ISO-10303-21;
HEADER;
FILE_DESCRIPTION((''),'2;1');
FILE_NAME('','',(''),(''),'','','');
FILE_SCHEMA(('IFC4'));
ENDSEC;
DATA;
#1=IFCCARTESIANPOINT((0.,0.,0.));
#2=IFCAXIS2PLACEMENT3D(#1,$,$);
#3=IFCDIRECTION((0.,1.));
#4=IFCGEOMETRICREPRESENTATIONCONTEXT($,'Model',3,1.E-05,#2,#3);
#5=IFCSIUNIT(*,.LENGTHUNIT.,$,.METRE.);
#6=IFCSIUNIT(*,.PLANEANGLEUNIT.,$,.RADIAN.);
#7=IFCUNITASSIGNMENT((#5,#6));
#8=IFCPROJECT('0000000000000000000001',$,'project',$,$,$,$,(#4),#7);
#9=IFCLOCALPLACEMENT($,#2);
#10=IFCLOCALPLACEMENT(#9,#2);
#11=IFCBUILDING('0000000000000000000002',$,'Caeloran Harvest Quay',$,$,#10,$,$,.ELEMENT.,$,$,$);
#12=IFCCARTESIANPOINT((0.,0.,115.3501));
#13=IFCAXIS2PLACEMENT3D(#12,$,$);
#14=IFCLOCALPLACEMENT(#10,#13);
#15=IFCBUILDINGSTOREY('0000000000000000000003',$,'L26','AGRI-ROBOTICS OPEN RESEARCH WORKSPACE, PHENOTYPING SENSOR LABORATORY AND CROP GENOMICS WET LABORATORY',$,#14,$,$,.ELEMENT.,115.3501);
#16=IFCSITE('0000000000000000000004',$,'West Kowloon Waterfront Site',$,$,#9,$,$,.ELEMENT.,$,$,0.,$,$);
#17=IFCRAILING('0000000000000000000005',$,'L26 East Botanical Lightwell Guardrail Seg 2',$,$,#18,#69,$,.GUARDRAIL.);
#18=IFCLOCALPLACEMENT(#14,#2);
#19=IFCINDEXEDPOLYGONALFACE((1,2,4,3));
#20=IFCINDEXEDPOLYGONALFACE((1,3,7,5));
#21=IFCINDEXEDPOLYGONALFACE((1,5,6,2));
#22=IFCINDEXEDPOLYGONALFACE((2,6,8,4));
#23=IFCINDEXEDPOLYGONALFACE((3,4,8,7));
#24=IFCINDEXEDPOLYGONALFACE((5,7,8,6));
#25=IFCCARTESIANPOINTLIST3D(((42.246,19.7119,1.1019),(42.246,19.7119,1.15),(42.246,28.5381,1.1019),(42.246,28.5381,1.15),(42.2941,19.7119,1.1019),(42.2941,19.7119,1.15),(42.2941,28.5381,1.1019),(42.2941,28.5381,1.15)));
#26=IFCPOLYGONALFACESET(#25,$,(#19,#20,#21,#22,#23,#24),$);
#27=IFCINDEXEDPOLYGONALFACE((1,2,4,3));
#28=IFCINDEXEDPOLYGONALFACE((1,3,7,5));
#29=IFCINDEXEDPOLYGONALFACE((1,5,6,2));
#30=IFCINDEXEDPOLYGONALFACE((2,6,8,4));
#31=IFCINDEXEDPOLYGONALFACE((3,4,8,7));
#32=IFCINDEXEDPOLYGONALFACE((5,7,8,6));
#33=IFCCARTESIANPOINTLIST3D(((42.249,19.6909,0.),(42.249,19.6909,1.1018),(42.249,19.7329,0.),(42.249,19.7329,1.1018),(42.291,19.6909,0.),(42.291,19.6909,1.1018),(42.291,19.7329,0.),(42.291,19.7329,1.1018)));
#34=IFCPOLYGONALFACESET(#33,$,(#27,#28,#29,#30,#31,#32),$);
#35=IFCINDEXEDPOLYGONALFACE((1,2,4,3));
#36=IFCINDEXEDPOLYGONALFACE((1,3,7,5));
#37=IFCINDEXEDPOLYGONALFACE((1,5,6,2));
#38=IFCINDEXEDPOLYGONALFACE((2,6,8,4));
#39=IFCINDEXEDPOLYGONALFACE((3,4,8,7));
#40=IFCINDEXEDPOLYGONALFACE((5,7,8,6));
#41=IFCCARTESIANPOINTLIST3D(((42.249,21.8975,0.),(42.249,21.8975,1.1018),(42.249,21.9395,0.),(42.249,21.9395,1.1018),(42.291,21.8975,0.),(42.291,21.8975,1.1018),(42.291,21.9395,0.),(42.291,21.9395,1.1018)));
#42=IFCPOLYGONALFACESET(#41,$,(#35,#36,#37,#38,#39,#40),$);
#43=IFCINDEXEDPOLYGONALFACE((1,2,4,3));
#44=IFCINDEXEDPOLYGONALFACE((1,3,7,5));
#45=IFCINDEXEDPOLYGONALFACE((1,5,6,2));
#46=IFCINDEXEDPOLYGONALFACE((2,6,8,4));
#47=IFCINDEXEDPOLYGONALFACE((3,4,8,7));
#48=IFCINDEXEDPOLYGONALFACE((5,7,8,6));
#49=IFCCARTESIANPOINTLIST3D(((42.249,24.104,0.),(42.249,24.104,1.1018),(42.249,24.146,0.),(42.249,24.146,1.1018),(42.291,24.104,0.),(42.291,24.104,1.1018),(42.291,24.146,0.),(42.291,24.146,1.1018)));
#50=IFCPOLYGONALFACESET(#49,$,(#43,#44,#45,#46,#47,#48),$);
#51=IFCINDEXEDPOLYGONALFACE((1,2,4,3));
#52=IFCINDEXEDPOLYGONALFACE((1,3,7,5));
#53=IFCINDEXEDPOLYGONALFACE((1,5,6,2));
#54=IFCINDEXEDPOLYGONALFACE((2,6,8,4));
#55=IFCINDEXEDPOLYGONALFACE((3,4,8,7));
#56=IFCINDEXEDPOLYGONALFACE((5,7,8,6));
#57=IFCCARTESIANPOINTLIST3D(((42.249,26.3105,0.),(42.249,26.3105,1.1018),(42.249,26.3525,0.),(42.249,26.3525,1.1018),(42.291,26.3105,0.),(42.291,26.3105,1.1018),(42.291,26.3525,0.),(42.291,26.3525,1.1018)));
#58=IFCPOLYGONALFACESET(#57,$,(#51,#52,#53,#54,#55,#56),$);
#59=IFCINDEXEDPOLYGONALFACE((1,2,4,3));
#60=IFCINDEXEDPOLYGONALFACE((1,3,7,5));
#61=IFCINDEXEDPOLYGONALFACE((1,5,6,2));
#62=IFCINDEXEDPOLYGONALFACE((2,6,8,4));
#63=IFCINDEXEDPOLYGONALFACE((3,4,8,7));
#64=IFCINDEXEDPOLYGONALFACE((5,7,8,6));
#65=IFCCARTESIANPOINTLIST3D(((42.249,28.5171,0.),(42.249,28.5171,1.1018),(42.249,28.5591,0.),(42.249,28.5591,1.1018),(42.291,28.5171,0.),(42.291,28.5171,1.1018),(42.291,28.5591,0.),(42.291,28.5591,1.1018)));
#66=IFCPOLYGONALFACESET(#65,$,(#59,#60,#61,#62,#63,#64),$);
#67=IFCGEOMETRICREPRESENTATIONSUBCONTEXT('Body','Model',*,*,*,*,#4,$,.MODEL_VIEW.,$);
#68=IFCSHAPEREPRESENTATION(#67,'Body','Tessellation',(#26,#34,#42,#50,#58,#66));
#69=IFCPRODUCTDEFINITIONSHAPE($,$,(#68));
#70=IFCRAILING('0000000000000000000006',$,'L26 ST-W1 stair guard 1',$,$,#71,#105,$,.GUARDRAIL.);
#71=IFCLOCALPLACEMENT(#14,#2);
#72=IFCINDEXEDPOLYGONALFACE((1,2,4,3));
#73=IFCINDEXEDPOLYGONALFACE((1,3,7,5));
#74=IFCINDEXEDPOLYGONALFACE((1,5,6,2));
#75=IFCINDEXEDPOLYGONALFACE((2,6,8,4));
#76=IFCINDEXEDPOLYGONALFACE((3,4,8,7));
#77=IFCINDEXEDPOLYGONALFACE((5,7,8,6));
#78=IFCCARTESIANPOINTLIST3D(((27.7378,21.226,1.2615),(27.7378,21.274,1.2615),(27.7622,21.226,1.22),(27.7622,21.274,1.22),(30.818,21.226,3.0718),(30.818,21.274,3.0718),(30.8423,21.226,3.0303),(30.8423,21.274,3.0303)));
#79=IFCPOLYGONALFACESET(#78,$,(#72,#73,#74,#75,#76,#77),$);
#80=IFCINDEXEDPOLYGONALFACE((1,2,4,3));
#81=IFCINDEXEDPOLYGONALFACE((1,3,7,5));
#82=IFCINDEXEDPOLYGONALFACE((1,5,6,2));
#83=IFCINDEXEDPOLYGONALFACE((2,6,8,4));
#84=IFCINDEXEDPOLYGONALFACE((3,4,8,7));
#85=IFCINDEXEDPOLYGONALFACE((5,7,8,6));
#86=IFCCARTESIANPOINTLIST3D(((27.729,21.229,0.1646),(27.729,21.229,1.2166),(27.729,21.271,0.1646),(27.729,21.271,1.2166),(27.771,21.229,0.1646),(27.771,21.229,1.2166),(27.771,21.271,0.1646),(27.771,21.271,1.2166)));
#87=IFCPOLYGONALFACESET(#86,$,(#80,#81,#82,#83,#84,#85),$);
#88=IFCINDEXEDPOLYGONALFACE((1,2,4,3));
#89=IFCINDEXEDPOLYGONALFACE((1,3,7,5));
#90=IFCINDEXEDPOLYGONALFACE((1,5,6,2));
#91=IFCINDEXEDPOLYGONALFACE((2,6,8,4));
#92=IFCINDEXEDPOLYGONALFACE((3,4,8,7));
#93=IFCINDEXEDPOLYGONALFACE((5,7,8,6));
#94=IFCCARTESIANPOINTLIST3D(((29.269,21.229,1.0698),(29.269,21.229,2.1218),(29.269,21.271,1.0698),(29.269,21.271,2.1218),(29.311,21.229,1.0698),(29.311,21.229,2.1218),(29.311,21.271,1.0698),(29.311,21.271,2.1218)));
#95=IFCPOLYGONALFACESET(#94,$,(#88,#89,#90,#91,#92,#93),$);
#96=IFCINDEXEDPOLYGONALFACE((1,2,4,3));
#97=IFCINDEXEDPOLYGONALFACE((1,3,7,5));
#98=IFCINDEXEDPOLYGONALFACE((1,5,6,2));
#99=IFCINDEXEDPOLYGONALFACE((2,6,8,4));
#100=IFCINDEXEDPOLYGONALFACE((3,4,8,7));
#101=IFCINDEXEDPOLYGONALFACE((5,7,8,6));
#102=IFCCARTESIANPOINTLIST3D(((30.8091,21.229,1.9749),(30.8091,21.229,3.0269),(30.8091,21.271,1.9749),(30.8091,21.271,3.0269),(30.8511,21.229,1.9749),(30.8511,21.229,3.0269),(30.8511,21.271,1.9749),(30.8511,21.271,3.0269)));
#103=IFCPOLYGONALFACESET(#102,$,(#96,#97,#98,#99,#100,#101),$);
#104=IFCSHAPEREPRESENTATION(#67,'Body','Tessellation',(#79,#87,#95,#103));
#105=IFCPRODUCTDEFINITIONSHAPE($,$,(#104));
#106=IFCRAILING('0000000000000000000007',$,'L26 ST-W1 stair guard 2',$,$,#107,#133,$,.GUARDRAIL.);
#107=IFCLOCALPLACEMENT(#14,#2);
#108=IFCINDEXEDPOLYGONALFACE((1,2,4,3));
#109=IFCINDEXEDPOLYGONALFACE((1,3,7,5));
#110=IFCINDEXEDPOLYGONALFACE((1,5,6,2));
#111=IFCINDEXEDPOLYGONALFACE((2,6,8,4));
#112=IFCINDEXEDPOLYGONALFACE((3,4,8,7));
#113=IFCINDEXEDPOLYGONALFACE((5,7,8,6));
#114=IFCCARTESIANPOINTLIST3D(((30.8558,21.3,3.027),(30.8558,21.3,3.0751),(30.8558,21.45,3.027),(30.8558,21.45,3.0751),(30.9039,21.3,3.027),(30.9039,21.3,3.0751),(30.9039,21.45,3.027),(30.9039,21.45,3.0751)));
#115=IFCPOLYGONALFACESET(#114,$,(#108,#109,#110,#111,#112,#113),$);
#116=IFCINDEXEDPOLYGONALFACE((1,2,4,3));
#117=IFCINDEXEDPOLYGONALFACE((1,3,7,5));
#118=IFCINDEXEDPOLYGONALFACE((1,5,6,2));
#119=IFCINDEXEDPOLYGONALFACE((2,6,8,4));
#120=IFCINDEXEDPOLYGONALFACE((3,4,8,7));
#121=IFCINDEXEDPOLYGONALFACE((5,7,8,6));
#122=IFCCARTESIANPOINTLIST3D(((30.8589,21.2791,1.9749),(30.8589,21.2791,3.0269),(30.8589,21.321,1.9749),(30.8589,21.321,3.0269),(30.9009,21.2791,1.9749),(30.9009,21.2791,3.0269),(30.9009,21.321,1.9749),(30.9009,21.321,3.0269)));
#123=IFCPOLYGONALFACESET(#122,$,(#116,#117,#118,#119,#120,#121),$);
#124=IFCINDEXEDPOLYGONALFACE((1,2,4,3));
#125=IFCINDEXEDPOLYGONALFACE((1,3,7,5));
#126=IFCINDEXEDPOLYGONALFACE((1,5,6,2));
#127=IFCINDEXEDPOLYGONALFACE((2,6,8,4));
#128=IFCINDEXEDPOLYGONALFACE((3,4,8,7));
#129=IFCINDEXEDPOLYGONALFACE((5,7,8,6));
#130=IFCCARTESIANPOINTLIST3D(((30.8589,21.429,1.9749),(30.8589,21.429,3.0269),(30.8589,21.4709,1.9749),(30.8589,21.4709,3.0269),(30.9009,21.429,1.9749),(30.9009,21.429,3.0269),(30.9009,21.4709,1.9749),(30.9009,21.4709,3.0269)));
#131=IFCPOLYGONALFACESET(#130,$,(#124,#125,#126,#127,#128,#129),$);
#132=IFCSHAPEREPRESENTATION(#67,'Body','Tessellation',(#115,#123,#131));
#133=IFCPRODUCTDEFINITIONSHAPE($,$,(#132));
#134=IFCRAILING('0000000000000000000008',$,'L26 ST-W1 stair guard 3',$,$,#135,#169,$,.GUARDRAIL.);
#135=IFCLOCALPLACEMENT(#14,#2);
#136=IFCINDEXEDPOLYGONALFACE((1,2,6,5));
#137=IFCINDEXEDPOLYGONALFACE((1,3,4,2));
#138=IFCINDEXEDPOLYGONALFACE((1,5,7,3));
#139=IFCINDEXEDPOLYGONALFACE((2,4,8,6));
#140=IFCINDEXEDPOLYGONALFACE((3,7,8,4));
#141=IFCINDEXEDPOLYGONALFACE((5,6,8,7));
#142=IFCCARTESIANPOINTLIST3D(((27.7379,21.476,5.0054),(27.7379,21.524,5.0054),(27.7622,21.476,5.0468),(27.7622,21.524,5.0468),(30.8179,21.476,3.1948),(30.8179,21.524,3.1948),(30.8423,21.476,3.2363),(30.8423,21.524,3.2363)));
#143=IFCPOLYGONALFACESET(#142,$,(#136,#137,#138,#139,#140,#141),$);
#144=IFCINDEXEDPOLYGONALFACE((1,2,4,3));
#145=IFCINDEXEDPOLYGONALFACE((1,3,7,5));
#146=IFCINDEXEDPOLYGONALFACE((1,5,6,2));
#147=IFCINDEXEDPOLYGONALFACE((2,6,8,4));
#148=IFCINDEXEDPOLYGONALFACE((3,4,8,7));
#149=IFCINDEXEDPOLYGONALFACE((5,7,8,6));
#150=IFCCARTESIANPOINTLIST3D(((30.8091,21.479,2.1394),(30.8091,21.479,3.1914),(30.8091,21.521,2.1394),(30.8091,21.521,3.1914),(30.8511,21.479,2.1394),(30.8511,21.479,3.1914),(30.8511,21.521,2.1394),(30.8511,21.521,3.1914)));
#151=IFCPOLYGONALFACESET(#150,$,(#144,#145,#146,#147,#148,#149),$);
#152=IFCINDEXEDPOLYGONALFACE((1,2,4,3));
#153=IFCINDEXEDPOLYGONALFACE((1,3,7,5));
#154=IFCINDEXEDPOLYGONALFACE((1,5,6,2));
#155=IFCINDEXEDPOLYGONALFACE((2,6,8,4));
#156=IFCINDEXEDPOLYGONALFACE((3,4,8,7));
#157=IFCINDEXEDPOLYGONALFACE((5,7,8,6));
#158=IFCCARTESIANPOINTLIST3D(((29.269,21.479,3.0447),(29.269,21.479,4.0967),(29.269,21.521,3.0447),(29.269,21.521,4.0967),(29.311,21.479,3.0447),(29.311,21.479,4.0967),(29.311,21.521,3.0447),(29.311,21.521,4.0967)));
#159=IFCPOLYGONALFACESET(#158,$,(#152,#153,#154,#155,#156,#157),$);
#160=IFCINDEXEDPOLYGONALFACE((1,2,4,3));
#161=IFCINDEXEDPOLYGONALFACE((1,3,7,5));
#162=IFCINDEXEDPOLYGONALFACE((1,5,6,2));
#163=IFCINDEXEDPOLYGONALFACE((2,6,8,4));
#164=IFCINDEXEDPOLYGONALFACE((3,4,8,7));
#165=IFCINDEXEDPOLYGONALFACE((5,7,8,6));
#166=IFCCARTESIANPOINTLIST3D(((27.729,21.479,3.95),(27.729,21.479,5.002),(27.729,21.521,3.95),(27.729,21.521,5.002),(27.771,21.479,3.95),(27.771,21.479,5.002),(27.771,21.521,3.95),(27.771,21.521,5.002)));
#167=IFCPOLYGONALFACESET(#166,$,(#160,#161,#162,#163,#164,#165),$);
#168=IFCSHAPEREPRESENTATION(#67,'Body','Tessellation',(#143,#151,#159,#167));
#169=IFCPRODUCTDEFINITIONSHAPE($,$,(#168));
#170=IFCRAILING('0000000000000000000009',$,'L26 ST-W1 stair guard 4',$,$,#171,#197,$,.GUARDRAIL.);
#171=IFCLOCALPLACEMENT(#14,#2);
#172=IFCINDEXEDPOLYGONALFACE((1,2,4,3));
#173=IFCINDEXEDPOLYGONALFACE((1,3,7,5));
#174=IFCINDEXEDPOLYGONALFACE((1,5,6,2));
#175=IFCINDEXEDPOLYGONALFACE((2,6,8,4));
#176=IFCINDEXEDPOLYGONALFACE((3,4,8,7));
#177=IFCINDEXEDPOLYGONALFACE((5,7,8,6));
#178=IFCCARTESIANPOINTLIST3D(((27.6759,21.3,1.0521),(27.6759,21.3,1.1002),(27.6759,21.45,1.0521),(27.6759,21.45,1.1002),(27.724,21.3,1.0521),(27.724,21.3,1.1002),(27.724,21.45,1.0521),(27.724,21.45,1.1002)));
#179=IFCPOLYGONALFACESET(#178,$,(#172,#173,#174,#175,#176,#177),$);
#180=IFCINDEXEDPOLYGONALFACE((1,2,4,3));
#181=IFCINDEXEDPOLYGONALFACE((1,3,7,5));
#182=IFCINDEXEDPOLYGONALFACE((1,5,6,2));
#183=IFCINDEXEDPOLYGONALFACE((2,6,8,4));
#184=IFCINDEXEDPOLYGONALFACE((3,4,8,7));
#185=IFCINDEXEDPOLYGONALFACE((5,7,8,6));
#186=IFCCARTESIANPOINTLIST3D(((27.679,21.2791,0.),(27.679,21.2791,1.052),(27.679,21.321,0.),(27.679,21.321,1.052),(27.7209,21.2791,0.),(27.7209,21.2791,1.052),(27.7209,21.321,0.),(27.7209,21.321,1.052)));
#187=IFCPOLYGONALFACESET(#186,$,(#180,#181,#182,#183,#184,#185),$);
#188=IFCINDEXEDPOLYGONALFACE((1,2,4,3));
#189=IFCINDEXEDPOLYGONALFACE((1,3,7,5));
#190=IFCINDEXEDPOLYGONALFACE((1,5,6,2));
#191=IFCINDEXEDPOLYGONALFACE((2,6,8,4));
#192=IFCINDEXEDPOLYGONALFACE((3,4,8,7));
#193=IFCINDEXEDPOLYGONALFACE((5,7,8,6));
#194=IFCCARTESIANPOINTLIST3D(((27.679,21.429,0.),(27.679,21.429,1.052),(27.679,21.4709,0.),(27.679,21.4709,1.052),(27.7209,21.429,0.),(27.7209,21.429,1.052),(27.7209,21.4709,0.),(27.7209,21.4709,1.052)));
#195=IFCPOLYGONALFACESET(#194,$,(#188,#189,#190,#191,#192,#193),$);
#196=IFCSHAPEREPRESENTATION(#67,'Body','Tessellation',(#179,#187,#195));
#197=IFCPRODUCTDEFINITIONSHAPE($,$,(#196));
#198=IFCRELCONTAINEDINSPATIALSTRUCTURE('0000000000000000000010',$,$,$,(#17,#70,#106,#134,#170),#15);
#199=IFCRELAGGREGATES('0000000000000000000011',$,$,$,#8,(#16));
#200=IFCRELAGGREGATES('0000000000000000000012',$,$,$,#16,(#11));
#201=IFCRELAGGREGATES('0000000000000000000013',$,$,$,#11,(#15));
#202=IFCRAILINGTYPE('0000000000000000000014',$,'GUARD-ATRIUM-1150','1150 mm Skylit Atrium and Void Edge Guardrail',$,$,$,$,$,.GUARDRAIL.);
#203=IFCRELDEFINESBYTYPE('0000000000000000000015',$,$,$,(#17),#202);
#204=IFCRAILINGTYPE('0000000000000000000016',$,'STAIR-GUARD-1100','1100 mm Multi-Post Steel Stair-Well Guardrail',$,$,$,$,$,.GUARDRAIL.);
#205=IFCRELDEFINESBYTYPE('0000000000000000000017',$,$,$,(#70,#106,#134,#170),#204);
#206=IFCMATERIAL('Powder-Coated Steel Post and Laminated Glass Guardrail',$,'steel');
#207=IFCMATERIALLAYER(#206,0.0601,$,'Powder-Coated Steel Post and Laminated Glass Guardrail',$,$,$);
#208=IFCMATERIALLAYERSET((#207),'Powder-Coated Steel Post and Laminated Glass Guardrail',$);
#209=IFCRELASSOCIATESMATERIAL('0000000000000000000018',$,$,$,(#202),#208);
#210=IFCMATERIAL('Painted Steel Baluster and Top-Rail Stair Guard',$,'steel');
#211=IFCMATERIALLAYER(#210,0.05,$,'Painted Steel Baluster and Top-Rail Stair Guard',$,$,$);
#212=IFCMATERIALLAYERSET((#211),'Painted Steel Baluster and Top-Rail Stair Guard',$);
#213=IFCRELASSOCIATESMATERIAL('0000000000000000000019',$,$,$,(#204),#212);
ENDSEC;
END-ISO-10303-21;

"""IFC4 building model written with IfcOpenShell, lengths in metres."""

from ifc_helpers import new_model, si_unit, direction, frame, origin, origin_2d, place, context, subcontext, project, spatial, rectangle, extrude, material, layer, layer_set, type_object, element, save


model = new_model("IFC4")

# Units and contexts
model_context = context("Model", 3, precision=1e-05, world=origin(), true_north=direction((0.0, 1.0)))
body_context = subcontext(model_context, "Body", "Model", "MODEL_VIEW")
ifc_project = project(units=[si_unit("LENGTHUNIT", "METRE"), si_unit("PLANEANGLEUNIT", "RADIAN")], contexts=[model_context])

# Site, building, storey
site_placement = place(None, origin())
site = spatial("IfcSite", under=ifc_project, at=site_placement, Name="West Kowloon Waterfront Site", CompositionType="ELEMENT", RefElevation=0.0)
building_placement = place(site_placement, origin())
building = spatial("IfcBuilding", under=site, at=building_placement, Name="Caeloran Harvest Quay", CompositionType="ELEMENT")
storey_placement = place(building_placement, frame((0.0, 0.0, 115.3501)))
storey = spatial("IfcBuildingStorey", under=building, at=storey_placement, Name="L26", Description="AGRI-ROBOTICS OPEN RESEARCH WORKSPACE, PHENOTYPING SENSOR LABORATORY AND CROP GENOMICS WET LABORATORY", CompositionType="ELEMENT", Elevation=115.3501)

# Railings
ifc_material_1 = material(Name="Powder-Coated Steel Post and Laminated Glass Guardrail", Category="steel")
ifc_layer_1 = layer(ifc_material_1, 0.0601, Name="Powder-Coated Steel Post and Laminated Glass Guardrail")
ifc_layer_set_1 = layer_set([ifc_layer_1], Name="Powder-Coated Steel Post and Laminated Glass Guardrail")
railing_type_1 = type_object("IfcRailingType", Name="GUARD-ATRIUM-1150", Description="1150 mm Skylit Atrium and Void Edge Guardrail", PredefinedType="GUARDRAIL", material=ifc_layer_set_1)
railing_1_placement = place(storey_placement, frame((42.27, 19.7119, 0.0)))
element("IfcRailing", 1, at=railing_1_placement, inside=storey, type_object=railing_type_1, Name="L26 East Botanical Lightwell Guardrail Seg 2", PredefinedType="GUARDRAIL", context=body_context, shape_type="SweptSolid", body=[
    extrude(rectangle(XDim=0.0481, YDim=0.0481, at=origin_2d()), frame((0.0, 0.0, 1.126), z_axis=(0.0, 1.0, 0.0), x_axis=(-1.0, 0.0, 0.0)), (0.0, 0.0, 1.0), 8.8262),
    extrude(rectangle(XDim=0.042, YDim=0.042, at=origin_2d()), origin(), (0.0, 0.0, 1.0), 1.1018),
    extrude(rectangle(XDim=0.042, YDim=0.042, at=origin_2d()), frame((0.0, 2.2065, 0.0)), (0.0, 0.0, 1.0), 1.1018),
    extrude(rectangle(XDim=0.042, YDim=0.042, at=origin_2d()), frame((0.0, 4.4131, 0.0)), (0.0, 0.0, 1.0), 1.1018),
    extrude(rectangle(XDim=0.042, YDim=0.042, at=origin_2d()), frame((0.0, 6.6196, 0.0)), (0.0, 0.0, 1.0), 1.1018),
    extrude(rectangle(XDim=0.042, YDim=0.042, at=origin_2d()), frame((0.0, 8.8262, 0.0)), (0.0, 0.0, 1.0), 1.1018),
])
ifc_material_2 = material(Name="Painted Steel Baluster and Top-Rail Stair Guard", Category="steel")
ifc_layer_2 = layer(ifc_material_2, 0.05, Name="Painted Steel Baluster and Top-Rail Stair Guard")
ifc_layer_set_2 = layer_set([ifc_layer_2], Name="Painted Steel Baluster and Top-Rail Stair Guard")
railing_type_2 = type_object("IfcRailingType", Name="STAIR-GUARD-1100", Description="1100 mm Multi-Post Steel Stair-Well Guardrail", PredefinedType="GUARDRAIL", material=ifc_layer_set_2)
railing_2_placement = place(storey_placement, frame((27.75, 21.25, 0.1646)))
element("IfcRailing", 2, at=railing_2_placement, inside=storey, type_object=railing_type_2, Name="L26 ST-W1 stair guard 1", PredefinedType="GUARDRAIL", context=body_context, shape_type="SweptSolid", body=[
    extrude(rectangle(XDim=0.0481, YDim=0.0481, at=origin_2d()), frame((0.0, 0.0, 1.0762), z_axis=(0.862119, 0.0, 0.506707), x_axis=(0.0, 1.0, 0.0)), (0.0, 0.0, 1.0), 3.5728),
    extrude(rectangle(XDim=0.042, YDim=0.042, at=origin_2d()), origin(), (0.0, 0.0, 1.0), 1.052),
    extrude(rectangle(XDim=0.042, YDim=0.042, at=origin_2d()), frame((1.54, 0.0, 0.9053)), (0.0, 0.0, 1.0), 1.052),
    extrude(rectangle(XDim=0.042, YDim=0.042, at=origin_2d()), frame((3.0801, 0.0, 1.8103)), (0.0, 0.0, 1.0), 1.052),
])
railing_3_placement = place(storey_placement, frame((30.8799, 21.3, 1.9749)))
element("IfcRailing", 3, at=railing_3_placement, inside=storey, type_object=railing_type_2, Name="L26 ST-W1 stair guard 2", PredefinedType="GUARDRAIL", context=body_context, shape_type="SweptSolid", body=[
    extrude(rectangle(XDim=0.0481, YDim=0.0481, at=origin_2d()), frame((0.0, 0.0, 1.0762), z_axis=(0.0, 1.0, 0.0), x_axis=(-1.0, 0.0, 0.0)), (0.0, 0.0, 1.0), 0.1499),
    extrude(rectangle(XDim=0.042, YDim=0.042, at=origin_2d()), origin(), (0.0, 0.0, 1.0), 1.052),
    extrude(rectangle(XDim=0.042, YDim=0.042, at=origin_2d()), frame((0.0, 0.1499, 0.0)), (0.0, 0.0, 1.0), 1.052),
])
railing_4_placement = place(storey_placement, frame((30.8301, 21.5, 2.1394)))
element("IfcRailing", 4, at=railing_4_placement, inside=storey, type_object=railing_type_2, Name="L26 ST-W1 stair guard 3", PredefinedType="GUARDRAIL", context=body_context, shape_type="SweptSolid", body=[
    extrude(rectangle(XDim=0.0481, YDim=0.0481, at=origin_2d()), frame((0.0, 0.0, 1.0762), z_axis=(-0.862089, 0.0, 0.506757), x_axis=(0.0, -1.0, 0.0)), (0.0, 0.0, 1.0), 3.5728),
    extrude(rectangle(XDim=0.042, YDim=0.042, at=origin_2d()), origin(), (0.0, 0.0, 1.0), 1.052),
    extrude(rectangle(XDim=0.042, YDim=0.042, at=origin_2d()), frame((-1.54, 0.0, 0.9053)), (0.0, 0.0, 1.0), 1.052),
    extrude(rectangle(XDim=0.042, YDim=0.042, at=origin_2d()), frame((-3.0801, 0.0, 1.8105)), (0.0, 0.0, 1.0), 1.052),
])
railing_5_placement = place(storey_placement, frame((27.7, 21.3, 0.0)))
element("IfcRailing", 5, at=railing_5_placement, inside=storey, type_object=railing_type_2, Name="L26 ST-W1 stair guard 4", PredefinedType="GUARDRAIL", context=body_context, shape_type="SweptSolid", body=[
    extrude(rectangle(XDim=0.0481, YDim=0.0481, at=origin_2d()), frame((0.0, 0.0, 1.0762), z_axis=(0.0, 1.0, 0.0), x_axis=(-1.0, 0.0, 0.0)), (0.0, 0.0, 1.0), 0.1499),
    extrude(rectangle(XDim=0.042, YDim=0.042, at=origin_2d()), origin(), (0.0, 0.0, 1.0), 1.052),
    extrude(rectangle(XDim=0.042, YDim=0.042, at=origin_2d()), frame((0.0, 0.1499, 0.0)), (0.0, 0.0, 1.0), 1.052),
])

save(model, "model.ifc")
